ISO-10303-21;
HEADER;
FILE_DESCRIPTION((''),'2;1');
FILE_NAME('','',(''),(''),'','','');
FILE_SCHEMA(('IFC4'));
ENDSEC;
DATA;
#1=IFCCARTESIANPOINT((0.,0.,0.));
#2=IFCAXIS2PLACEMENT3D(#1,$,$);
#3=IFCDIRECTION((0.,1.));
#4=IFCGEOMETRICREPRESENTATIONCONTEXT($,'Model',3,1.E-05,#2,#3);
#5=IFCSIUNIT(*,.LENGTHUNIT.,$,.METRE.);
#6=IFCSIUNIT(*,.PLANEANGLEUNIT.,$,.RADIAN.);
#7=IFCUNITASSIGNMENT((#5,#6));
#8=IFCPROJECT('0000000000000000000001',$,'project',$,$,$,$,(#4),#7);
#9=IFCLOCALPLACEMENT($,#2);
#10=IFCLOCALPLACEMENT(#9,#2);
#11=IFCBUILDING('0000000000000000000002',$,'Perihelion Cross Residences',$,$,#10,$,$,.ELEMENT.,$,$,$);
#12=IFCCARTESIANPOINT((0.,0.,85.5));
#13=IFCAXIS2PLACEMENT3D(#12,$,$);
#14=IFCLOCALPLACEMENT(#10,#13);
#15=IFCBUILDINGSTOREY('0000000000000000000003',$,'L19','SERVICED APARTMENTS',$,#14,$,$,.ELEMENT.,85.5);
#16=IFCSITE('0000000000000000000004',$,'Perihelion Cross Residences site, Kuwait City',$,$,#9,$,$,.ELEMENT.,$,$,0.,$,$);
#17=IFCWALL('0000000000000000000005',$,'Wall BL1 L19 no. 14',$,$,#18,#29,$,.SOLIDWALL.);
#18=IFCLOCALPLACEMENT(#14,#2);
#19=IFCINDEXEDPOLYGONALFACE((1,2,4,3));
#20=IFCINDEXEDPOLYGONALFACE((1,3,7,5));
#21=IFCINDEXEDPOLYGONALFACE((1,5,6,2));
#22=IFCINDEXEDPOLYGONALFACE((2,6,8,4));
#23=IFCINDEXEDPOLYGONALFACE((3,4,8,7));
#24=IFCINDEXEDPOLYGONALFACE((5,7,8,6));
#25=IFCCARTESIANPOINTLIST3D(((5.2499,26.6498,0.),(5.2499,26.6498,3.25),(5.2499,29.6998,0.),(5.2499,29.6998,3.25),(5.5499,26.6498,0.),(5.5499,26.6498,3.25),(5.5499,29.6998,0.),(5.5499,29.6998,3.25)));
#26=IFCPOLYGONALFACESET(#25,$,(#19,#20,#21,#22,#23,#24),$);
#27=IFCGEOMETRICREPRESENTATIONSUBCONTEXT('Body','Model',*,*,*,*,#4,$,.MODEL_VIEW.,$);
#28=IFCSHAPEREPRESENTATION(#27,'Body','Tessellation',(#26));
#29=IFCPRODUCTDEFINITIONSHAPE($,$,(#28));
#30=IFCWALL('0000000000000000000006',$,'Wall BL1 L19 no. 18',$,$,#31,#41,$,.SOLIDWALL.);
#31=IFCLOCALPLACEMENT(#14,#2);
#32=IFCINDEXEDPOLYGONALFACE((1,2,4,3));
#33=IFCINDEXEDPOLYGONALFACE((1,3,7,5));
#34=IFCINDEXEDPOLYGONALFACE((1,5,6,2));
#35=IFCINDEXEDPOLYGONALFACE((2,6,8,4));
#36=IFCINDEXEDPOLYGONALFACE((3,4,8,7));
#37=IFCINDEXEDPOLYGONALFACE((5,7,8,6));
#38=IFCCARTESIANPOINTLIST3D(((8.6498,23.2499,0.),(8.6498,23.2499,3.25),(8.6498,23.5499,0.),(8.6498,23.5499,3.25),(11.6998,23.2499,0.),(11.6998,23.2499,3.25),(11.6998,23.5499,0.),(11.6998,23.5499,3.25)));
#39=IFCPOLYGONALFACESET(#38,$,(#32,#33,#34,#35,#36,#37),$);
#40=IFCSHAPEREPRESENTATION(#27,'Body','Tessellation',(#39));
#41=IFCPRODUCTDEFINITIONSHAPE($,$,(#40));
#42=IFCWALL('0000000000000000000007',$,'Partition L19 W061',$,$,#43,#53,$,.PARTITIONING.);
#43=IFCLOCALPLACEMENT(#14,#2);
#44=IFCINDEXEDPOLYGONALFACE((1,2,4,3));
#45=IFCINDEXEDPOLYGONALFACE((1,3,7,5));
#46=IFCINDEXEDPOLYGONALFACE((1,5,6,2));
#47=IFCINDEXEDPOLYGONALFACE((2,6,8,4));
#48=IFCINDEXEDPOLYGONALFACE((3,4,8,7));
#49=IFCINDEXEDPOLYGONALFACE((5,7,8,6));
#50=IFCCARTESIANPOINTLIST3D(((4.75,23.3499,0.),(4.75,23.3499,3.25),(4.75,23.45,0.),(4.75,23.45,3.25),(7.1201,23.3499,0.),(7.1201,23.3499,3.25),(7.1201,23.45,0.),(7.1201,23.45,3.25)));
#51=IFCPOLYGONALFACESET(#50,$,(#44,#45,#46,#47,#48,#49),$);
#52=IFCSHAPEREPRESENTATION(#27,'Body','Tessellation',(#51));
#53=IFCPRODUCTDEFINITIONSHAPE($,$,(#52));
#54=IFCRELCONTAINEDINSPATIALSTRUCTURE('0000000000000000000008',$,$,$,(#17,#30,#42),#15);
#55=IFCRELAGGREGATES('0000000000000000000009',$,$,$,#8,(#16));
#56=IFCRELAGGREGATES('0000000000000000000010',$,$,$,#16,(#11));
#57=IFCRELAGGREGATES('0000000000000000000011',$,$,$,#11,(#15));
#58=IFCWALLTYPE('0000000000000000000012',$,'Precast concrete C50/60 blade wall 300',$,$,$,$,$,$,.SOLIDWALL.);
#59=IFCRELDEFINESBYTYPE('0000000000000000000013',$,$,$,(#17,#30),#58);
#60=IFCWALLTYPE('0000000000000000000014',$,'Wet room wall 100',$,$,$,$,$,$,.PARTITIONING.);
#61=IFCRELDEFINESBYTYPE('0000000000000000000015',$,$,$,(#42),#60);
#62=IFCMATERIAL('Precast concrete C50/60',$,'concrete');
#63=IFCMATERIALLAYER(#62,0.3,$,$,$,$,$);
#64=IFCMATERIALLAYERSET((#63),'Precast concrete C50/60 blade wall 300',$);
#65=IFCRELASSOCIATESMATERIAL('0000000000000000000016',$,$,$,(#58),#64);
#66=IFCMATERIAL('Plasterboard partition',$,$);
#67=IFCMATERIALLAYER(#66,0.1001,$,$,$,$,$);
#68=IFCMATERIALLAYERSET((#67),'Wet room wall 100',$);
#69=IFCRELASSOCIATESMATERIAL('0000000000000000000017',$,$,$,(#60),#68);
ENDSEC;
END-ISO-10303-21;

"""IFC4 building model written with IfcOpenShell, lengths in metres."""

from ifc_helpers import new_model, si_unit, direction, frame, frame_2d, origin, place, context, subcontext, project, spatial, rectangle, extrude, material, layer, layer_set, type_object, element, save


model = new_model("IFC4")

# Units and contexts
model_context = context("Model", 3, precision=1e-05, world=origin(), true_north=direction((0.0, 1.0)))
body_context = subcontext(model_context, "Body", "Model", "MODEL_VIEW")
ifc_project = project(units=[si_unit("LENGTHUNIT", "METRE"), si_unit("PLANEANGLEUNIT", "RADIAN")], contexts=[model_context])

# Site, building, storey
site_placement = place(None, origin())
site = spatial("IfcSite", under=ifc_project, at=site_placement, Name="Perihelion Cross Residences site, Kuwait City", CompositionType="ELEMENT", RefElevation=0.0)
building_placement = place(site_placement, origin())
building = spatial("IfcBuilding", under=site, at=building_placement, Name="Perihelion Cross Residences", CompositionType="ELEMENT")
storey_placement = place(building_placement, frame((0.0, 0.0, 85.5)))
storey = spatial("IfcBuildingStorey", under=building, at=storey_placement, Name="L19", Description="SERVICED APARTMENTS", CompositionType="ELEMENT", Elevation=85.5)

# Walls
ifc_material_1 = material(Name="Precast concrete C50/60", Category="concrete")
ifc_layer_1 = layer(ifc_material_1, 0.3)
ifc_layer_set_1 = layer_set([ifc_layer_1], Name="Precast concrete C50/60 blade wall 300")
wall_type_1 = type_object("IfcWallType", Name="Precast concrete C50/60 blade wall 300", PredefinedType="SOLIDWALL", material=ifc_layer_set_1)
for number, where, z_axis, x_axis, name in (
    (1, (5.3999, 26.6499, 0.0), (0.0, 0.0, 1.0), (0.0, 1.0, 0.0), "Wall BL1 L19 no. 14"),
    (2, (8.6499, 23.3999, 0.0), (0.0, 0.0, 1.0), (1.0, 0.0, 0.0), "Wall BL1 L19 no. 18"),
):
    element("IfcWall", number, at=place(storey_placement, frame(where, z_axis=z_axis, x_axis=x_axis)), inside=storey, type_object=wall_type_1, Name=name, PredefinedType="SOLIDWALL", context=body_context, shape_type="SweptSolid", body=[
        extrude(rectangle(XDim=3.05, YDim=0.3, at=frame_2d((1.5249, 0.0))), origin(), (0.0, 0.0, 1.0), 3.25),
    ])
ifc_material_2 = material(Name="Plasterboard partition")
ifc_layer_2 = layer(ifc_material_2, 0.1001)
ifc_layer_set_2 = layer_set([ifc_layer_2], Name="Wet room wall 100")
wall_type_2 = type_object("IfcWallType", Name="Wet room wall 100", PredefinedType="PARTITIONING", material=ifc_layer_set_2)
wall_1_placement = place(storey_placement, frame((4.75, 23.3999, 0.0), z_axis=(0.0, 0.0, 1.0), x_axis=(1.0, 0.0, 0.0)))
element("IfcWall", 3, at=wall_1_placement, inside=storey, type_object=wall_type_2, Name="Partition L19 W061", PredefinedType="PARTITIONING", context=body_context, shape_type="SweptSolid", body=[
    extrude(rectangle(XDim=2.3701, YDim=0.1001, at=frame_2d((1.1851, 0.0))), origin(), (0.0, 0.0, 1.0), 3.25),
])

save(model, "model.ifc")
